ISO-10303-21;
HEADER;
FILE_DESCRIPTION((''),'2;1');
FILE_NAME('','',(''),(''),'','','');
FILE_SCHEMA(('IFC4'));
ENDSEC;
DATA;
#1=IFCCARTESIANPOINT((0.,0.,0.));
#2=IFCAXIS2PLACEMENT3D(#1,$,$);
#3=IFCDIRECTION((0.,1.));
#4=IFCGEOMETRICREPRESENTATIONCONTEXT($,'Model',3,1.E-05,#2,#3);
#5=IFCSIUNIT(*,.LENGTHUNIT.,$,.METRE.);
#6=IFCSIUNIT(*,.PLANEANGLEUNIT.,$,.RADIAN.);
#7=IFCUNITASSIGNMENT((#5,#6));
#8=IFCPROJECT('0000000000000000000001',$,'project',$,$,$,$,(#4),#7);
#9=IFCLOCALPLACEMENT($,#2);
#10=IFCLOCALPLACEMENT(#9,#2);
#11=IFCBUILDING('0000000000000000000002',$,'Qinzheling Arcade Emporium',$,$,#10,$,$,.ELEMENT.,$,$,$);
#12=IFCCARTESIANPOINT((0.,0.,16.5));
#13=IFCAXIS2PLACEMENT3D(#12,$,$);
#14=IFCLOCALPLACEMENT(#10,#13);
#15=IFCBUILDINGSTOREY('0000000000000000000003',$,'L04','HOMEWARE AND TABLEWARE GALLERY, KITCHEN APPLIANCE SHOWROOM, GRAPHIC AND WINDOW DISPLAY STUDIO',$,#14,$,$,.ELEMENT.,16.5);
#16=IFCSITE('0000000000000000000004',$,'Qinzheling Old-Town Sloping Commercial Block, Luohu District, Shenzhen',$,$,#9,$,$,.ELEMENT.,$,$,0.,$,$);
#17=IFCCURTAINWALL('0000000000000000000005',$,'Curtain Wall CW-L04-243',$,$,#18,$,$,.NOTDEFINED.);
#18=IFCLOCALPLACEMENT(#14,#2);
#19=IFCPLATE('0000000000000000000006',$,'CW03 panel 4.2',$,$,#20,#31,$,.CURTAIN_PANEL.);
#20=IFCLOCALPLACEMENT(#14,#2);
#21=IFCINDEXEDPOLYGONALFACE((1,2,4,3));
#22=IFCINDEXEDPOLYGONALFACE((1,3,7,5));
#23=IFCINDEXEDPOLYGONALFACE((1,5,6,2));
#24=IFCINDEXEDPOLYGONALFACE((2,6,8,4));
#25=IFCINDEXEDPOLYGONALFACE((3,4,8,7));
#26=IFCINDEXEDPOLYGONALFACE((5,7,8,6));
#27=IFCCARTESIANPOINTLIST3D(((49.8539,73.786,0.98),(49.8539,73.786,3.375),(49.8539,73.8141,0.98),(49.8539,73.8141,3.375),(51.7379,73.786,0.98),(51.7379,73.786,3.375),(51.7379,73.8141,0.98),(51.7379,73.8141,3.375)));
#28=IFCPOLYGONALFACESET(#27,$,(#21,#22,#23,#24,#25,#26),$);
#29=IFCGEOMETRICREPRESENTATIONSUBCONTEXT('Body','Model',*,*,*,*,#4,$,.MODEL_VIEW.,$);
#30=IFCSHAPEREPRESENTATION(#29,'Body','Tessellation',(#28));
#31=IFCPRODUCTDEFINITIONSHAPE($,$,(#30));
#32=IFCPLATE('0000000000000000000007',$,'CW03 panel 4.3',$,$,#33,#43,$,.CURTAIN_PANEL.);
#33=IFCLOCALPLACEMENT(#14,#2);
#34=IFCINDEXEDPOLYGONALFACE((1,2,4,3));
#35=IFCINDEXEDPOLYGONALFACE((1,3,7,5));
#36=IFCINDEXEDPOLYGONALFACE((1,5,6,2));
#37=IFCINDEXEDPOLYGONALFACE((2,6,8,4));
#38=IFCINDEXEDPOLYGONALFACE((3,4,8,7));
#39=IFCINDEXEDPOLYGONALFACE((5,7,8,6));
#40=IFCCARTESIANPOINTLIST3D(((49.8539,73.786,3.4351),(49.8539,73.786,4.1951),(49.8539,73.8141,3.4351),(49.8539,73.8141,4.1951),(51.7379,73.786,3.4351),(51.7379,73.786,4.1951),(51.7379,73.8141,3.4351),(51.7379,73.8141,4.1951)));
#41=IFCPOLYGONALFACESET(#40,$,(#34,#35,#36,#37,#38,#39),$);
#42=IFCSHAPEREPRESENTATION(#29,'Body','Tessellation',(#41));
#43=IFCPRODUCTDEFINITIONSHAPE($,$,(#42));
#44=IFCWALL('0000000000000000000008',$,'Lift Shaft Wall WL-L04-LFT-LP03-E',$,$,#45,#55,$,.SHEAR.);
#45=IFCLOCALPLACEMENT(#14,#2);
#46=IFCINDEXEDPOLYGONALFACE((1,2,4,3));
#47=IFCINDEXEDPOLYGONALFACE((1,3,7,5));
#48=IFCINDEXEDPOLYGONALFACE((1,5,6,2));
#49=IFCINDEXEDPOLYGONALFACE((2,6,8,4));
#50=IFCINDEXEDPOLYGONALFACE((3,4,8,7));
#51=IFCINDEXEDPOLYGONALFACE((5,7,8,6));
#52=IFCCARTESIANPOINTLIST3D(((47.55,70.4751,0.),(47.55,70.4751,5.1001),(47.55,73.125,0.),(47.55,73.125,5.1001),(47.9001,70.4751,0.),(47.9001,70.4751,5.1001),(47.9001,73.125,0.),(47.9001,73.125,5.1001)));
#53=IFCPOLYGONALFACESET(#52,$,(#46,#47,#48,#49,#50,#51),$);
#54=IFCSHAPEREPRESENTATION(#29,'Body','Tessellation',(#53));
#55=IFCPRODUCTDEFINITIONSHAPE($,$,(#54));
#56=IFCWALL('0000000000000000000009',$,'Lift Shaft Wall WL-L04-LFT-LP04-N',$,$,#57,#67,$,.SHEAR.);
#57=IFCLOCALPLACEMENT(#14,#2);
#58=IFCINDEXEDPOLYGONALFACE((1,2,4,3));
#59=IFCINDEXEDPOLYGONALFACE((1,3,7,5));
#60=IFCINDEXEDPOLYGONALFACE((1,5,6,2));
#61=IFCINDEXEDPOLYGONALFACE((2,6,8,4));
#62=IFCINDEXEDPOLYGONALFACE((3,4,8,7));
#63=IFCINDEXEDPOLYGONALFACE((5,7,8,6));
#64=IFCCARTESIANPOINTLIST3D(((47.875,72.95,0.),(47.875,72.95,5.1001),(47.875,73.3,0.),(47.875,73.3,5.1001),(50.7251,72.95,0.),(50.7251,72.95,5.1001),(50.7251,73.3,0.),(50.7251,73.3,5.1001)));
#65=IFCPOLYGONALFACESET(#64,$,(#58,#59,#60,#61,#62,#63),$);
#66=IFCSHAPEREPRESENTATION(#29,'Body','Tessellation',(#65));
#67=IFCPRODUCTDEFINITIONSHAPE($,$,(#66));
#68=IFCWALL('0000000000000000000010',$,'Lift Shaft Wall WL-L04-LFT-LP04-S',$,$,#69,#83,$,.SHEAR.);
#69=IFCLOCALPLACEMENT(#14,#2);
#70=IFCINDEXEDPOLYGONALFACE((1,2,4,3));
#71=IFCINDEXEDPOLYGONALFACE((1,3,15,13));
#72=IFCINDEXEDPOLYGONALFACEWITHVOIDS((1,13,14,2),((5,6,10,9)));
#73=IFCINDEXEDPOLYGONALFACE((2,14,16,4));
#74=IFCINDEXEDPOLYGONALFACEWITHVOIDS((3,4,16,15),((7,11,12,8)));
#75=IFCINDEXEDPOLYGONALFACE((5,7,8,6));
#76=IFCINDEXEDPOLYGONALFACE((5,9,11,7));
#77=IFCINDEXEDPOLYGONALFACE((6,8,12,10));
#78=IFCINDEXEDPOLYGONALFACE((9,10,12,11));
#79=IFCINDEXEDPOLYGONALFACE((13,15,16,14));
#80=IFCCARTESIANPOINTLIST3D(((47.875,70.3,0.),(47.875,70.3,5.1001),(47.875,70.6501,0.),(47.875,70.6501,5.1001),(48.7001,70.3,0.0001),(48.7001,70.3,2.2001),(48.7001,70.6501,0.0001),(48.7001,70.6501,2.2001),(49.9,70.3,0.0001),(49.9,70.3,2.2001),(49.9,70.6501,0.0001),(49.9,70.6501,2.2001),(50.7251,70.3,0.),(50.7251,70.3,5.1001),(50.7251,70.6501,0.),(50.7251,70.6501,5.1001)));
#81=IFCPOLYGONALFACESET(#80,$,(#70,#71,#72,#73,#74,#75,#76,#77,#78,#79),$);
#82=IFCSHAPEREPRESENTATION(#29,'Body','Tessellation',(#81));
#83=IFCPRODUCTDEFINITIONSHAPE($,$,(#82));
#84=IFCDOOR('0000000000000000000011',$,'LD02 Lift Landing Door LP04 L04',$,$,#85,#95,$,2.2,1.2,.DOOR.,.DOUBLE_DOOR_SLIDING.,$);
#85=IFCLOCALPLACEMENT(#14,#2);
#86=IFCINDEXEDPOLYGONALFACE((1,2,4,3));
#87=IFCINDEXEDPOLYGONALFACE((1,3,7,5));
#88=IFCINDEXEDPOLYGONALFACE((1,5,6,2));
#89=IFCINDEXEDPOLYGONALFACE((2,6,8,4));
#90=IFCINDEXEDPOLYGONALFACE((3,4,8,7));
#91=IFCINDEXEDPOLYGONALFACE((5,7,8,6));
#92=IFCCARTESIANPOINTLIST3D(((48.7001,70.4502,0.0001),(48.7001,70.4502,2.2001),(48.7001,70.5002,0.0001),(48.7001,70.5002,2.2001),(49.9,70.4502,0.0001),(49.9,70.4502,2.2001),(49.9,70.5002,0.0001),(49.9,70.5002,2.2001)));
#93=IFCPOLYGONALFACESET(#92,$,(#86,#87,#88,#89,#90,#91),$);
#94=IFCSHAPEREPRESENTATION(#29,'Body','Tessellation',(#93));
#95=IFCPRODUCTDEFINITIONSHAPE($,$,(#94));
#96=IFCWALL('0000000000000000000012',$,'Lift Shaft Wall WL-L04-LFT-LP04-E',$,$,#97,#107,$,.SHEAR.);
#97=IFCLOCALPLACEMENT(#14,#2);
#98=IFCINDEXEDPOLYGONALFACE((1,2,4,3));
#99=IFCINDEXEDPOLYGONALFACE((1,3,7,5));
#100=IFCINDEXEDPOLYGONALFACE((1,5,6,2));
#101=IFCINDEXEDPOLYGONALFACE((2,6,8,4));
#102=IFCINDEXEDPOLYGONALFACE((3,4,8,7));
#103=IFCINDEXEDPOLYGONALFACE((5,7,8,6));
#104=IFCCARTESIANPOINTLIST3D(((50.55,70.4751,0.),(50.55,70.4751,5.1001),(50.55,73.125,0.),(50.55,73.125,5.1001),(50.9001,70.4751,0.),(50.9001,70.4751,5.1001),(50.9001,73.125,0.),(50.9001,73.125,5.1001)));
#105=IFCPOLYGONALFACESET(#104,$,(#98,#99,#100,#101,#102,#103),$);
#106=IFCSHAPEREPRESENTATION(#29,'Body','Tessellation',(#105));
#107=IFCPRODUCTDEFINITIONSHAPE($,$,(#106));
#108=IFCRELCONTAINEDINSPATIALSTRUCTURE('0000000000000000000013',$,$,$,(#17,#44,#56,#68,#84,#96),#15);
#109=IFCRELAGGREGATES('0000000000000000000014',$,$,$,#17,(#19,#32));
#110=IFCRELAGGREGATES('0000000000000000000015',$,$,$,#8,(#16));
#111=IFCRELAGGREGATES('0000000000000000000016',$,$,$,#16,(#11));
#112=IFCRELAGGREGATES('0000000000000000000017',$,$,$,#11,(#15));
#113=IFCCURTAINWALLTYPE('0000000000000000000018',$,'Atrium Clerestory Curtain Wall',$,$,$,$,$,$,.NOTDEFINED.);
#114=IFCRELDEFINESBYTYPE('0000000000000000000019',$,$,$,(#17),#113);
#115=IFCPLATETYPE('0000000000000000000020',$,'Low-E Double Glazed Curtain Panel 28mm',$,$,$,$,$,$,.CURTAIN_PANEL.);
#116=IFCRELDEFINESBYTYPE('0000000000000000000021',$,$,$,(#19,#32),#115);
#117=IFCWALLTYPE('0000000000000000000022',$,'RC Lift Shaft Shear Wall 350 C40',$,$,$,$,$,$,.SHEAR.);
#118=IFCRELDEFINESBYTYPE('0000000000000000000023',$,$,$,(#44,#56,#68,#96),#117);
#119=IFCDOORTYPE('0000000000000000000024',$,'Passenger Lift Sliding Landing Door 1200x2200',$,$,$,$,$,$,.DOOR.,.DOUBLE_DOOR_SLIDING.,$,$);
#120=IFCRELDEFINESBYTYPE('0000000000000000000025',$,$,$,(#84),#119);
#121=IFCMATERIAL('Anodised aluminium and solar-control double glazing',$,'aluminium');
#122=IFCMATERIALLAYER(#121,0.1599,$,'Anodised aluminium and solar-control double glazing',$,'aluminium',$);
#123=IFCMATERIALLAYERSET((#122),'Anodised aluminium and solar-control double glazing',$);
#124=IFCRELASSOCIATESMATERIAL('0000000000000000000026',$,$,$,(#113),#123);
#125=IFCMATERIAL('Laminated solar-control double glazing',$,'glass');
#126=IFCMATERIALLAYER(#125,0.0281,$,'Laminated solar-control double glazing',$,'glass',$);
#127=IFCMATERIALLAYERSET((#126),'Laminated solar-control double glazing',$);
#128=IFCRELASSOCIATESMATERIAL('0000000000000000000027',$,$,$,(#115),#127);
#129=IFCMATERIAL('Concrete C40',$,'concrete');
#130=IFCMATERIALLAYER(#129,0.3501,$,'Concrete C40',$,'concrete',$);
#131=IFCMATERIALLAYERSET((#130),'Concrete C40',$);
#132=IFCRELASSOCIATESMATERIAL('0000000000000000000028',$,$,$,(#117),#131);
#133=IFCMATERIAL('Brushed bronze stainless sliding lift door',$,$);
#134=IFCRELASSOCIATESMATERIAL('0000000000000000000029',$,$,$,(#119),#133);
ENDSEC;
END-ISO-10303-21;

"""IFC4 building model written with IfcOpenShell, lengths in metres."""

from ifc_helpers import new_model, si_unit, direction, frame, frame_2d, origin, origin_2d, place, context, subcontext, project, spatial, rectangle, extrude, material, layer, layer_set, type_object, element, fill, aggregate, save


model = new_model("IFC4")

# Units and contexts
model_context = context("Model", 3, precision=1e-05, world=origin(), true_north=direction((0.0, 1.0)))
body_context = subcontext(model_context, "Body", "Model", "MODEL_VIEW")
ifc_project = project(units=[si_unit("LENGTHUNIT", "METRE"), si_unit("PLANEANGLEUNIT", "RADIAN")], contexts=[model_context])

# Site, building, storey
site_placement = place(None, origin())
site = spatial("IfcSite", under=ifc_project, at=site_placement, Name="Qinzheling Old-Town Sloping Commercial Block, Luohu District, Shenzhen", CompositionType="ELEMENT", RefElevation=0.0)
building_placement = place(site_placement, origin())
building = spatial("IfcBuilding", under=site, at=building_placement, Name="Qinzheling Arcade Emporium", CompositionType="ELEMENT")
storey_placement = place(building_placement, frame((0.0, 0.0, 16.5)))
storey = spatial("IfcBuildingStorey", under=building, at=storey_placement, Name="L04", Description="HOMEWARE AND TABLEWARE GALLERY, KITCHEN APPLIANCE SHOWROOM, GRAPHIC AND WINDOW DISPLAY STUDIO", CompositionType="ELEMENT", Elevation=16.5)

# Curtain wall, plates
ifc_material_1 = material(Name="Anodised aluminium and solar-control double glazing", Category="aluminium")
ifc_layer_1 = layer(ifc_material_1, 0.1599, Name="Anodised aluminium and solar-control double glazing", Category="aluminium")
ifc_layer_set_1 = layer_set([ifc_layer_1], Name="Anodised aluminium and solar-control double glazing")
curtain_wall_type = type_object("IfcCurtainWallType", Name="Atrium Clerestory Curtain Wall", PredefinedType="NOTDEFINED", material=ifc_layer_set_1)
curtain_wall_placement = place(storey_placement, origin())
curtain_wall = element("IfcCurtainWall", 1, at=curtain_wall_placement, inside=storey, type_object=curtain_wall_type, Name="Curtain Wall CW-L04-243", PredefinedType="NOTDEFINED")
ifc_material_2 = material(Name="Laminated solar-control double glazing", Category="glass")
ifc_layer_2 = layer(ifc_material_2, 0.0281, Name="Laminated solar-control double glazing", Category="glass")
ifc_layer_set_2 = layer_set([ifc_layer_2], Name="Laminated solar-control double glazing")
plate_type = type_object("IfcPlateType", Name="Low-E Double Glazed Curtain Panel 28mm", PredefinedType="CURTAIN_PANEL", material=ifc_layer_set_2)
plate_1_placement = place(storey_placement, frame((50.7959, 73.8, 0.98), z_axis=(0.0, 0.0, 1.0), x_axis=(1.0, 0.0, 0.0)))
plate_1 = element("IfcPlate", 2, at=plate_1_placement, type_object=plate_type, Name="CW03 panel 4.2", PredefinedType="CURTAIN_PANEL", context=body_context, shape_type="SweptSolid", body=[
    extrude(rectangle(XDim=1.884, YDim=0.0281, at=origin_2d()), origin(), (0.0, 0.0, 1.0), 2.395),
])
plate_2_placement = place(storey_placement, frame((50.7959, 73.8, 3.4351), z_axis=(0.0, 0.0, 1.0), x_axis=(1.0, 0.0, 0.0)))
plate_2 = element("IfcPlate", 3, at=plate_2_placement, type_object=plate_type, Name="CW03 panel 4.3", PredefinedType="CURTAIN_PANEL", context=body_context, shape_type="SweptSolid", body=[
    extrude(rectangle(XDim=1.884, YDim=0.0281, at=origin_2d()), origin(), (0.0, 0.0, 1.0), 0.76),
])
aggregate(curtain_wall, [plate_1, plate_2])

# Walls
ifc_material_3 = material(Name="Concrete C40", Category="concrete")
ifc_layer_3 = layer(ifc_material_3, 0.3501, Name="Concrete C40", Category="concrete")
ifc_layer_set_3 = layer_set([ifc_layer_3], Name="Concrete C40")
wall_type = type_object("IfcWallType", Name="RC Lift Shaft Shear Wall 350 C40", PredefinedType="SHEAR", material=ifc_layer_set_3)
wall_1_placement = place(storey_placement, frame((47.7251, 73.125, 0.0), z_axis=(0.0, 0.0, 1.0), x_axis=(0.0, -1.0, 0.0)))
element("IfcWall", 4, at=wall_1_placement, inside=storey, type_object=wall_type, Name="Lift Shaft Wall WL-L04-LFT-LP03-E", PredefinedType="SHEAR", context=body_context, shape_type="SweptSolid", body=[
    extrude(rectangle(XDim=2.6499, YDim=0.3501, at=frame_2d((1.325, 0.0))), origin(), (0.0, 0.0, 1.0), 5.1001),
])
wall_2_placement = place(storey_placement, frame((47.875, 73.125, 0.0), z_axis=(0.0, 0.0, 1.0), x_axis=(1.0, 0.0, 0.0)))
element("IfcWall", 5, at=wall_2_placement, inside=storey, type_object=wall_type, Name="Lift Shaft Wall WL-L04-LFT-LP04-N", PredefinedType="SHEAR", context=body_context, shape_type="SweptSolid", body=[
    extrude(rectangle(XDim=2.8501, YDim=0.3501, at=frame_2d((1.425, 0.0))), origin(), (0.0, 0.0, 1.0), 5.1001),
])

# Wall, opening, door
wall_3_placement = place(storey_placement, frame((50.7251, 70.4751, 0.0), z_axis=(0.0, 0.0, 1.0), x_axis=(-1.0, 0.0, 0.0)))
wall_3 = element("IfcWall", 6, at=wall_3_placement, inside=storey, type_object=wall_type, Name="Lift Shaft Wall WL-L04-LFT-LP04-S", PredefinedType="SHEAR", context=body_context, shape_type="SweptSolid", body=[
    extrude(rectangle(XDim=2.8501, YDim=0.3501, at=frame_2d((1.425, 0.0))), origin(), (0.0, 0.0, 1.0), 5.1001),
])
opening_placement = place(wall_3_placement, frame((0.825, 0.0, 0.0)))
opening = element("IfcOpeningElement", 7, at=opening_placement, cuts=wall_3, PredefinedType="OPENING", context=body_context, shape_type="SweptSolid", body=[
    extrude(rectangle(XDim=1.2, YDim=2.2, at=frame_2d((0.6001, 1.1001))), frame((0.0, 0.1851, 0.0), z_axis=(0.0, -1.0, 0.0), x_axis=(1.0, 0.0, 0.0)), (0.0, 0.0, 1.0), 0.3701),
])
ifc_material_4 = material(Name="Brushed bronze stainless sliding lift door")
door_type = type_object("IfcDoorType", Name="Passenger Lift Sliding Landing Door 1200x2200", OperationType="DOUBLE_DOOR_SLIDING", PredefinedType="DOOR", material=ifc_material_4)
door_placement = place(opening_placement, origin())
door = element("IfcDoor", 8, at=door_placement, inside=storey, type_object=door_type, Name="LD02 Lift Landing Door LP04 L04", OperationType="DOUBLE_DOOR_SLIDING", OverallHeight=2.2, OverallWidth=1.2, PredefinedType="DOOR", context=body_context, shape_type="SweptSolid", body=[
    extrude(rectangle(XDim=1.2, YDim=2.2, at=frame_2d((0.6001, 1.1001))), frame((0.0, 0.0249, 0.0), z_axis=(0.0, -1.0, 0.0), x_axis=(1.0, 0.0, 0.0)), (0.0, 0.0, 1.0), 0.05),
])
fill(opening, door)

# Wall
wall_4_placement = place(storey_placement, frame((50.7251, 73.125, 0.0), z_axis=(0.0, 0.0, 1.0), x_axis=(0.0, -1.0, 0.0)))
element("IfcWall", 9, at=wall_4_placement, inside=storey, type_object=wall_type, Name="Lift Shaft Wall WL-L04-LFT-LP04-E", PredefinedType="SHEAR", context=body_context, shape_type="SweptSolid", body=[
    extrude(rectangle(XDim=2.6499, YDim=0.3501, at=frame_2d((1.325, 0.0))), origin(), (0.0, 0.0, 1.0), 5.1001),
])

save(model, "model.ifc")
